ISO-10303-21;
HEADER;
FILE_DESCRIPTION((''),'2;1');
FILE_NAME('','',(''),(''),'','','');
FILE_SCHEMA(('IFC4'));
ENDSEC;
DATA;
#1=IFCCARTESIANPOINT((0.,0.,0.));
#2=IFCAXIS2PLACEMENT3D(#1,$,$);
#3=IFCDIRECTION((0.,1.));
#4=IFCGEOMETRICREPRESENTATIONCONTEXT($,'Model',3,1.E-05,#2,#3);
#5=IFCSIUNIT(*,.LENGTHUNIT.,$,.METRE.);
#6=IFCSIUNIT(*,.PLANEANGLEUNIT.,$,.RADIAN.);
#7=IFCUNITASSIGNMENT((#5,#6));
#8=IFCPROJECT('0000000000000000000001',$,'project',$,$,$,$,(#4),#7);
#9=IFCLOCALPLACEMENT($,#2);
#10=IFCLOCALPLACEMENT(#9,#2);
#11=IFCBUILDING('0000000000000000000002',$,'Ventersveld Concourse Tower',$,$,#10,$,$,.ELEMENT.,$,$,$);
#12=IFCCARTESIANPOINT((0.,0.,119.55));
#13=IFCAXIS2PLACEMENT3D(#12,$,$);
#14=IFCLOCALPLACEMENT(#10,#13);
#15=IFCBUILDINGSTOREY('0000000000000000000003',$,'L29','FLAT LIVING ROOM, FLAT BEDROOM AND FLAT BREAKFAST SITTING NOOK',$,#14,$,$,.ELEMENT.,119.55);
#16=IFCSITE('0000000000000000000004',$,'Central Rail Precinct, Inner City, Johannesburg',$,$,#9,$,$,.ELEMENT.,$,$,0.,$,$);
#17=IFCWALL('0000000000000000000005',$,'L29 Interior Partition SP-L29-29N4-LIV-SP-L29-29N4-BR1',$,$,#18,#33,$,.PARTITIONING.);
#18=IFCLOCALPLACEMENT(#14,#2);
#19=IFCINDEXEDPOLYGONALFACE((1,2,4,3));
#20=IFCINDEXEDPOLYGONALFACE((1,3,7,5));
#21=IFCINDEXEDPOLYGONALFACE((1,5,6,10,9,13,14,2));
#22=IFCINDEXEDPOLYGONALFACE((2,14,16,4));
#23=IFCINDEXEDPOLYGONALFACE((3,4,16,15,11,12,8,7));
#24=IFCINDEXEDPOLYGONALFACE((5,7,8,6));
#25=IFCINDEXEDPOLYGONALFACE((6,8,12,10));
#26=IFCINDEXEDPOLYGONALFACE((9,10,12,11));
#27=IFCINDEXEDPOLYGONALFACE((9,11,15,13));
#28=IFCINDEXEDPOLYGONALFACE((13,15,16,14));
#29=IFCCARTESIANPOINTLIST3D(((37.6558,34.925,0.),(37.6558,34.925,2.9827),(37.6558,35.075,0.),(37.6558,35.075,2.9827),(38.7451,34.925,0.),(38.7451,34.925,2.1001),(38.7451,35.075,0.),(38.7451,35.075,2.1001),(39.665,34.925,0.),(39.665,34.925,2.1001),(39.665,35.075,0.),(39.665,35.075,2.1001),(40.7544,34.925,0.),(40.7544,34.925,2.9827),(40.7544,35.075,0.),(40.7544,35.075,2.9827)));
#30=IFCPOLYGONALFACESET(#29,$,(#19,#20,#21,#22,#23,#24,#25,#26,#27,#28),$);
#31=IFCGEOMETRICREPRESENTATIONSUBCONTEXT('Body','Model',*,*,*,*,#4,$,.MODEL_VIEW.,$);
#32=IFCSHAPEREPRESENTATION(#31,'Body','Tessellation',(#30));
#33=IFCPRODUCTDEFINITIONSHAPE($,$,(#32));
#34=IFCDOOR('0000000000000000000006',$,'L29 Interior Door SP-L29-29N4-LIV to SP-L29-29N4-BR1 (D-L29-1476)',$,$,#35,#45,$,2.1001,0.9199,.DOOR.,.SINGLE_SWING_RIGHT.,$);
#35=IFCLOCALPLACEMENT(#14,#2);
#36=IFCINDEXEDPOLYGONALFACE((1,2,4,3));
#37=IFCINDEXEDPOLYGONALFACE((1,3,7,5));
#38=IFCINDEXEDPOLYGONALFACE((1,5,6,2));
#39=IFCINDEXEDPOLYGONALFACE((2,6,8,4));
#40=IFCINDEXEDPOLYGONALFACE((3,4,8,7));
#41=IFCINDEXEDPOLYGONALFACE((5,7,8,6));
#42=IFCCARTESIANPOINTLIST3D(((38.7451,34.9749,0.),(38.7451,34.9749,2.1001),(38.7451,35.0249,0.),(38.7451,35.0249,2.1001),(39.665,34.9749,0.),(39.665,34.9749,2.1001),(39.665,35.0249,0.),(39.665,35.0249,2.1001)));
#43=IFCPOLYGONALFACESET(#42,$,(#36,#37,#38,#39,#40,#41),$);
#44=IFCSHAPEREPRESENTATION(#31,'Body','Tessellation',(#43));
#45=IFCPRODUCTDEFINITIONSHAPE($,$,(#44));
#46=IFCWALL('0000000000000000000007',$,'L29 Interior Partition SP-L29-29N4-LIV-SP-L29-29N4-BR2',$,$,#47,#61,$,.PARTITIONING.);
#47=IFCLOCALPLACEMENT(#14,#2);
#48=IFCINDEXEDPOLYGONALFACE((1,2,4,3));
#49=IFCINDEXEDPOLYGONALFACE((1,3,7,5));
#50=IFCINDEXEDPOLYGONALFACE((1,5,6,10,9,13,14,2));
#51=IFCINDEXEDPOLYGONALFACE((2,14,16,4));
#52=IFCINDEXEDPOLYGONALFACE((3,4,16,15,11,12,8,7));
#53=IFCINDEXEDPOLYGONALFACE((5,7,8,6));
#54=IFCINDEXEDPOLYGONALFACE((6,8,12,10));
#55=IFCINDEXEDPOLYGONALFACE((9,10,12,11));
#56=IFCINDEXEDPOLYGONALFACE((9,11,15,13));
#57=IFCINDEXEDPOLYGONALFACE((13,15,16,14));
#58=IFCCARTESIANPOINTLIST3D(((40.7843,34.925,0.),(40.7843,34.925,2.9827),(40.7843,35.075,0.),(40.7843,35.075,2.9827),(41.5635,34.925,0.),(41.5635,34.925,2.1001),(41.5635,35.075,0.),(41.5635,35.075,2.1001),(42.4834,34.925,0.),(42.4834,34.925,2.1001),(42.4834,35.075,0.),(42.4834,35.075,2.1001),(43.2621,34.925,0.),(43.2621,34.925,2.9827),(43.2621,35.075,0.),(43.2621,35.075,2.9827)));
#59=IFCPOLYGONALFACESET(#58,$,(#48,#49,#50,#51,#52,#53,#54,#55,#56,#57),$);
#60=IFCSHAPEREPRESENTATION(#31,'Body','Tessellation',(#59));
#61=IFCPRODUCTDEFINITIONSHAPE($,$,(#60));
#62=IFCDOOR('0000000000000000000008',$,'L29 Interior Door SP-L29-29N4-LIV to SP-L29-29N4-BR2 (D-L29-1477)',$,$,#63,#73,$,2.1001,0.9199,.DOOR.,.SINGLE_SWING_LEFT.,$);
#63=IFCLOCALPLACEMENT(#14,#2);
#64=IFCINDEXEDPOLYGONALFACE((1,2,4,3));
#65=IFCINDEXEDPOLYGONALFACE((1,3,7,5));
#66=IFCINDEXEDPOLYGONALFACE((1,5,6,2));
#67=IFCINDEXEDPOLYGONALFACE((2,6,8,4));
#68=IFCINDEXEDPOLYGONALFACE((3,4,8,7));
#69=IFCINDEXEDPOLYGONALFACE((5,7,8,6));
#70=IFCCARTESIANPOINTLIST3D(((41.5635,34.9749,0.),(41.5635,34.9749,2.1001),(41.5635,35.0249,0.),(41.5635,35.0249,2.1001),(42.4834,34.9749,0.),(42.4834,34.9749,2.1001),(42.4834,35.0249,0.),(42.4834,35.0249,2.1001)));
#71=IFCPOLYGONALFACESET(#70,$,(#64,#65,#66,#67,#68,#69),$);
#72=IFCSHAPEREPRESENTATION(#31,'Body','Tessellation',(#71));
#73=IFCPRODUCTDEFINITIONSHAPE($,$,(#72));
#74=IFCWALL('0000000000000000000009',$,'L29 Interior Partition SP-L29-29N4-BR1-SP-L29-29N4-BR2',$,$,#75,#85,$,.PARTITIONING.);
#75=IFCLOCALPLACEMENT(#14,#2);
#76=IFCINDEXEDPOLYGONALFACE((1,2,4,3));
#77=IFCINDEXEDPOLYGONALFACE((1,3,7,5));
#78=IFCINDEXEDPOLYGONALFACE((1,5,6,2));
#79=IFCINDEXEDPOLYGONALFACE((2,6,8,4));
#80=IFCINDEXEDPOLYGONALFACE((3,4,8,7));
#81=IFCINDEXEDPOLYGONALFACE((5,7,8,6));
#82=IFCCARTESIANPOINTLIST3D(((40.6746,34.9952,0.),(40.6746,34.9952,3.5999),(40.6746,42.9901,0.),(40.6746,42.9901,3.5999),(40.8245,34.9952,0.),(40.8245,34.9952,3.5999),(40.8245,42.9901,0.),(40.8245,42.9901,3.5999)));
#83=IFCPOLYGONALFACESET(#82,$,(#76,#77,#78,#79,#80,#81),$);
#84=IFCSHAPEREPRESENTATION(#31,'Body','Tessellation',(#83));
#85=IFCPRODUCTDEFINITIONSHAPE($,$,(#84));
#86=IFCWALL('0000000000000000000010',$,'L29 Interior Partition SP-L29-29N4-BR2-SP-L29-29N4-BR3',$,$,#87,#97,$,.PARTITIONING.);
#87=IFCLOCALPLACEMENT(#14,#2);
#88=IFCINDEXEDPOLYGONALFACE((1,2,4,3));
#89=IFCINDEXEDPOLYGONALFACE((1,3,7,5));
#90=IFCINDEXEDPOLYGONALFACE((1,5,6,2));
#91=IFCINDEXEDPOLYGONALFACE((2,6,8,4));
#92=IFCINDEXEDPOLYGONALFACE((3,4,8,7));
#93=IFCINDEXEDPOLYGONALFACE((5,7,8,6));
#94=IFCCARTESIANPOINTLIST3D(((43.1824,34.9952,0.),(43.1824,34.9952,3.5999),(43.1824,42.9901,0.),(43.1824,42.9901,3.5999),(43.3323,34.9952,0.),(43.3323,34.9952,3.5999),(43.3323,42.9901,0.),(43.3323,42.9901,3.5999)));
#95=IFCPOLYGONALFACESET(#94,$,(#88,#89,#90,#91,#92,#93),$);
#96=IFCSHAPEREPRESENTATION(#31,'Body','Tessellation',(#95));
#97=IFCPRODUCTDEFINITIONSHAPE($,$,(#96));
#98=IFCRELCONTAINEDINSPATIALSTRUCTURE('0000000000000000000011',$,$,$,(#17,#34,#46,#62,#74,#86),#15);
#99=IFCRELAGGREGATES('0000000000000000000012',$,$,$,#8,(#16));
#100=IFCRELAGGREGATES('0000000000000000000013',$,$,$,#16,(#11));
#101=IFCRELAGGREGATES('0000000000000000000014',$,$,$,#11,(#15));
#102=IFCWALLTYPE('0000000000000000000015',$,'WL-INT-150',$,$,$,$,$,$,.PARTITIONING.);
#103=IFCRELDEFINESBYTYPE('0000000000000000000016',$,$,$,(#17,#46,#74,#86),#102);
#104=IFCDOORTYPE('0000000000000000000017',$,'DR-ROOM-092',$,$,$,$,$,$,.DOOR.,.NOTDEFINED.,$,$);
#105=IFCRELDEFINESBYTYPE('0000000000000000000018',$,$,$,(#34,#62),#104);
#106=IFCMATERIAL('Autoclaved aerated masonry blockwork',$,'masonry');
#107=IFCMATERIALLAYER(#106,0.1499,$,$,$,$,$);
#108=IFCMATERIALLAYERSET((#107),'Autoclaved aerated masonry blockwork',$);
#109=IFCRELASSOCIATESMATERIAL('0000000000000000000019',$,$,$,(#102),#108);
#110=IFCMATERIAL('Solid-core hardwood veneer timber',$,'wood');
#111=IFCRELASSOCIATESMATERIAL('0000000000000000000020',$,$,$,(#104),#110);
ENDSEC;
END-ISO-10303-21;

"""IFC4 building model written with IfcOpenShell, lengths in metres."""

from ifc_helpers import new_model, si_unit, direction, frame, frame_2d, origin, place, context, subcontext, project, spatial, rectangle, extrude, material, layer, layer_set, type_object, element, fill, save


model = new_model("IFC4")

# Units and contexts
model_context = context("Model", 3, precision=1e-05, world=origin(), true_north=direction((0.0, 1.0)))
body_context = subcontext(model_context, "Body", "Model", "MODEL_VIEW")
ifc_project = project(units=[si_unit("LENGTHUNIT", "METRE"), si_unit("PLANEANGLEUNIT", "RADIAN")], contexts=[model_context])

# Site, building, storey
site_placement = place(None, origin())
site = spatial("IfcSite", under=ifc_project, at=site_placement, Name="Central Rail Precinct, Inner City, Johannesburg", CompositionType="ELEMENT", RefElevation=0.0)
building_placement = place(site_placement, origin())
building = spatial("IfcBuilding", under=site, at=building_placement, Name="Ventersveld Concourse Tower", CompositionType="ELEMENT")
storey_placement = place(building_placement, frame((0.0, 0.0, 119.55)))
storey = spatial("IfcBuildingStorey", under=building, at=storey_placement, Name="L29", Description="FLAT LIVING ROOM, FLAT BEDROOM AND FLAT BREAKFAST SITTING NOOK", CompositionType="ELEMENT", Elevation=119.55)

# Shared definitions
ifc_material_1 = material(Name="Autoclaved aerated masonry blockwork", Category="masonry")
ifc_layer_1 = layer(ifc_material_1, 0.1499)
ifc_layer_set_1 = layer_set([ifc_layer_1], Name="Autoclaved aerated masonry blockwork")
wall_type_1 = type_object("IfcWallType", Name="WL-INT-150", PredefinedType="PARTITIONING", material=ifc_layer_set_1)

# Shared definitions
ifc_material_2 = material(Name="Solid-core hardwood veneer timber", Category="wood")
door_type = type_object("IfcDoorType", Name="DR-ROOM-092", OperationType="NOTDEFINED", PredefinedType="DOOR", material=ifc_material_2)

# Walls, openings, doors
wall_1_placement = place(storey_placement, frame((37.6558, 35.0, 0.0), z_axis=(0.0, 0.0, 1.0), x_axis=(1.0, 0.0, 0.0)))
wall_1 = element("IfcWall", 1, at=wall_1_placement, inside=storey, type_object=wall_type_1, Name="L29 Interior Partition SP-L29-29N4-LIV-SP-L29-29N4-BR1", PredefinedType="PARTITIONING", context=body_context, shape_type="SweptSolid", body=[
    extrude(rectangle(XDim=3.0986, YDim=0.1499, at=frame_2d((1.5493, 0.0))), origin(), (0.0, 0.0, 1.0), 2.9827),
])
opening_1_placement = place(wall_1_placement, frame((1.0894, 0.0, 0.0)))
opening_1 = element("IfcOpeningElement", 2, at=opening_1_placement, cuts=wall_1, PredefinedType="OPENING", context=body_context, shape_type="SweptSolid", body=[
    extrude(rectangle(XDim=0.9199, YDim=2.1001, at=frame_2d((0.46, 1.05))), frame((0.0, 0.085, 0.0), z_axis=(0.0, -1.0, 0.0), x_axis=(1.0, 0.0, 0.0)), (0.0, 0.0, 1.0), 0.1699),
])
door_1_placement = place(opening_1_placement, origin())
door_1 = element("IfcDoor", 3, at=door_1_placement, inside=storey, type_object=door_type, Name="L29 Interior Door SP-L29-29N4-LIV to SP-L29-29N4-BR1 (D-L29-1476)", OperationType="SINGLE_SWING_RIGHT", OverallHeight=2.1001, OverallWidth=0.9199, PredefinedType="DOOR", context=body_context, shape_type="SweptSolid", body=[
    extrude(rectangle(XDim=0.9199, YDim=2.1001, at=frame_2d((0.46, 1.05))), frame((0.0, 0.0249, 0.0), z_axis=(0.0, -1.0, 0.0), x_axis=(1.0, 0.0, 0.0)), (0.0, 0.0, 1.0), 0.05),
])
fill(opening_1, door_1)
wall_2_placement = place(storey_placement, frame((40.7844, 35.0, 0.0), z_axis=(0.0, 0.0, 1.0), x_axis=(1.0, 0.0, 0.0)))
wall_2 = element("IfcWall", 4, at=wall_2_placement, inside=storey, type_object=wall_type_1, Name="L29 Interior Partition SP-L29-29N4-LIV-SP-L29-29N4-BR2", PredefinedType="PARTITIONING", context=body_context, shape_type="SweptSolid", body=[
    extrude(rectangle(XDim=2.4778, YDim=0.1499, at=frame_2d((1.2388, 0.0))), origin(), (0.0, 0.0, 1.0), 2.9827),
])
opening_2_placement = place(wall_2_placement, frame((0.7791, 0.0, 0.0)))
opening_2 = element("IfcOpeningElement", 5, at=opening_2_placement, cuts=wall_2, PredefinedType="OPENING", context=body_context, shape_type="SweptSolid", body=[
    extrude(rectangle(XDim=0.9199, YDim=2.1001, at=frame_2d((0.46, 1.05))), frame((0.0, 0.085, 0.0), z_axis=(0.0, -1.0, 0.0), x_axis=(1.0, 0.0, 0.0)), (0.0, 0.0, 1.0), 0.1699),
])
door_2_placement = place(opening_2_placement, origin())
door_2 = element("IfcDoor", 6, at=door_2_placement, inside=storey, type_object=door_type, Name="L29 Interior Door SP-L29-29N4-LIV to SP-L29-29N4-BR2 (D-L29-1477)", OperationType="SINGLE_SWING_LEFT", OverallHeight=2.1001, OverallWidth=0.9199, PredefinedType="DOOR", context=body_context, shape_type="SweptSolid", body=[
    extrude(rectangle(XDim=0.9199, YDim=2.1001, at=frame_2d((0.46, 1.05))), frame((0.0, 0.0249, 0.0), z_axis=(0.0, -1.0, 0.0), x_axis=(1.0, 0.0, 0.0)), (0.0, 0.0, 1.0), 0.05),
])
fill(opening_2, door_2)

# Walls
for number, where, z_axis, x_axis, name in (
    (7, (40.7495, 34.9951, 0.0), (0.0, 0.0, 1.0), (0.0, 1.0, 0.0), "L29 Interior Partition SP-L29-29N4-BR1-SP-L29-29N4-BR2"),
    (8, (43.2573, 34.9951, 0.0), (0.0, 0.0, 1.0), (0.0, 1.0, 0.0), "L29 Interior Partition SP-L29-29N4-BR2-SP-L29-29N4-BR3"),
):
    element("IfcWall", number, at=place(storey_placement, frame(where, z_axis=z_axis, x_axis=x_axis)), inside=storey, type_object=wall_type_1, Name=name, PredefinedType="PARTITIONING", context=body_context, shape_type="SweptSolid", body=[
        extrude(rectangle(XDim=7.9949, YDim=0.1499, at=frame_2d((3.9976, 0.0))), origin(), (0.0, 0.0, 1.0), 3.5999),
    ])

save(model, "model.ifc")
